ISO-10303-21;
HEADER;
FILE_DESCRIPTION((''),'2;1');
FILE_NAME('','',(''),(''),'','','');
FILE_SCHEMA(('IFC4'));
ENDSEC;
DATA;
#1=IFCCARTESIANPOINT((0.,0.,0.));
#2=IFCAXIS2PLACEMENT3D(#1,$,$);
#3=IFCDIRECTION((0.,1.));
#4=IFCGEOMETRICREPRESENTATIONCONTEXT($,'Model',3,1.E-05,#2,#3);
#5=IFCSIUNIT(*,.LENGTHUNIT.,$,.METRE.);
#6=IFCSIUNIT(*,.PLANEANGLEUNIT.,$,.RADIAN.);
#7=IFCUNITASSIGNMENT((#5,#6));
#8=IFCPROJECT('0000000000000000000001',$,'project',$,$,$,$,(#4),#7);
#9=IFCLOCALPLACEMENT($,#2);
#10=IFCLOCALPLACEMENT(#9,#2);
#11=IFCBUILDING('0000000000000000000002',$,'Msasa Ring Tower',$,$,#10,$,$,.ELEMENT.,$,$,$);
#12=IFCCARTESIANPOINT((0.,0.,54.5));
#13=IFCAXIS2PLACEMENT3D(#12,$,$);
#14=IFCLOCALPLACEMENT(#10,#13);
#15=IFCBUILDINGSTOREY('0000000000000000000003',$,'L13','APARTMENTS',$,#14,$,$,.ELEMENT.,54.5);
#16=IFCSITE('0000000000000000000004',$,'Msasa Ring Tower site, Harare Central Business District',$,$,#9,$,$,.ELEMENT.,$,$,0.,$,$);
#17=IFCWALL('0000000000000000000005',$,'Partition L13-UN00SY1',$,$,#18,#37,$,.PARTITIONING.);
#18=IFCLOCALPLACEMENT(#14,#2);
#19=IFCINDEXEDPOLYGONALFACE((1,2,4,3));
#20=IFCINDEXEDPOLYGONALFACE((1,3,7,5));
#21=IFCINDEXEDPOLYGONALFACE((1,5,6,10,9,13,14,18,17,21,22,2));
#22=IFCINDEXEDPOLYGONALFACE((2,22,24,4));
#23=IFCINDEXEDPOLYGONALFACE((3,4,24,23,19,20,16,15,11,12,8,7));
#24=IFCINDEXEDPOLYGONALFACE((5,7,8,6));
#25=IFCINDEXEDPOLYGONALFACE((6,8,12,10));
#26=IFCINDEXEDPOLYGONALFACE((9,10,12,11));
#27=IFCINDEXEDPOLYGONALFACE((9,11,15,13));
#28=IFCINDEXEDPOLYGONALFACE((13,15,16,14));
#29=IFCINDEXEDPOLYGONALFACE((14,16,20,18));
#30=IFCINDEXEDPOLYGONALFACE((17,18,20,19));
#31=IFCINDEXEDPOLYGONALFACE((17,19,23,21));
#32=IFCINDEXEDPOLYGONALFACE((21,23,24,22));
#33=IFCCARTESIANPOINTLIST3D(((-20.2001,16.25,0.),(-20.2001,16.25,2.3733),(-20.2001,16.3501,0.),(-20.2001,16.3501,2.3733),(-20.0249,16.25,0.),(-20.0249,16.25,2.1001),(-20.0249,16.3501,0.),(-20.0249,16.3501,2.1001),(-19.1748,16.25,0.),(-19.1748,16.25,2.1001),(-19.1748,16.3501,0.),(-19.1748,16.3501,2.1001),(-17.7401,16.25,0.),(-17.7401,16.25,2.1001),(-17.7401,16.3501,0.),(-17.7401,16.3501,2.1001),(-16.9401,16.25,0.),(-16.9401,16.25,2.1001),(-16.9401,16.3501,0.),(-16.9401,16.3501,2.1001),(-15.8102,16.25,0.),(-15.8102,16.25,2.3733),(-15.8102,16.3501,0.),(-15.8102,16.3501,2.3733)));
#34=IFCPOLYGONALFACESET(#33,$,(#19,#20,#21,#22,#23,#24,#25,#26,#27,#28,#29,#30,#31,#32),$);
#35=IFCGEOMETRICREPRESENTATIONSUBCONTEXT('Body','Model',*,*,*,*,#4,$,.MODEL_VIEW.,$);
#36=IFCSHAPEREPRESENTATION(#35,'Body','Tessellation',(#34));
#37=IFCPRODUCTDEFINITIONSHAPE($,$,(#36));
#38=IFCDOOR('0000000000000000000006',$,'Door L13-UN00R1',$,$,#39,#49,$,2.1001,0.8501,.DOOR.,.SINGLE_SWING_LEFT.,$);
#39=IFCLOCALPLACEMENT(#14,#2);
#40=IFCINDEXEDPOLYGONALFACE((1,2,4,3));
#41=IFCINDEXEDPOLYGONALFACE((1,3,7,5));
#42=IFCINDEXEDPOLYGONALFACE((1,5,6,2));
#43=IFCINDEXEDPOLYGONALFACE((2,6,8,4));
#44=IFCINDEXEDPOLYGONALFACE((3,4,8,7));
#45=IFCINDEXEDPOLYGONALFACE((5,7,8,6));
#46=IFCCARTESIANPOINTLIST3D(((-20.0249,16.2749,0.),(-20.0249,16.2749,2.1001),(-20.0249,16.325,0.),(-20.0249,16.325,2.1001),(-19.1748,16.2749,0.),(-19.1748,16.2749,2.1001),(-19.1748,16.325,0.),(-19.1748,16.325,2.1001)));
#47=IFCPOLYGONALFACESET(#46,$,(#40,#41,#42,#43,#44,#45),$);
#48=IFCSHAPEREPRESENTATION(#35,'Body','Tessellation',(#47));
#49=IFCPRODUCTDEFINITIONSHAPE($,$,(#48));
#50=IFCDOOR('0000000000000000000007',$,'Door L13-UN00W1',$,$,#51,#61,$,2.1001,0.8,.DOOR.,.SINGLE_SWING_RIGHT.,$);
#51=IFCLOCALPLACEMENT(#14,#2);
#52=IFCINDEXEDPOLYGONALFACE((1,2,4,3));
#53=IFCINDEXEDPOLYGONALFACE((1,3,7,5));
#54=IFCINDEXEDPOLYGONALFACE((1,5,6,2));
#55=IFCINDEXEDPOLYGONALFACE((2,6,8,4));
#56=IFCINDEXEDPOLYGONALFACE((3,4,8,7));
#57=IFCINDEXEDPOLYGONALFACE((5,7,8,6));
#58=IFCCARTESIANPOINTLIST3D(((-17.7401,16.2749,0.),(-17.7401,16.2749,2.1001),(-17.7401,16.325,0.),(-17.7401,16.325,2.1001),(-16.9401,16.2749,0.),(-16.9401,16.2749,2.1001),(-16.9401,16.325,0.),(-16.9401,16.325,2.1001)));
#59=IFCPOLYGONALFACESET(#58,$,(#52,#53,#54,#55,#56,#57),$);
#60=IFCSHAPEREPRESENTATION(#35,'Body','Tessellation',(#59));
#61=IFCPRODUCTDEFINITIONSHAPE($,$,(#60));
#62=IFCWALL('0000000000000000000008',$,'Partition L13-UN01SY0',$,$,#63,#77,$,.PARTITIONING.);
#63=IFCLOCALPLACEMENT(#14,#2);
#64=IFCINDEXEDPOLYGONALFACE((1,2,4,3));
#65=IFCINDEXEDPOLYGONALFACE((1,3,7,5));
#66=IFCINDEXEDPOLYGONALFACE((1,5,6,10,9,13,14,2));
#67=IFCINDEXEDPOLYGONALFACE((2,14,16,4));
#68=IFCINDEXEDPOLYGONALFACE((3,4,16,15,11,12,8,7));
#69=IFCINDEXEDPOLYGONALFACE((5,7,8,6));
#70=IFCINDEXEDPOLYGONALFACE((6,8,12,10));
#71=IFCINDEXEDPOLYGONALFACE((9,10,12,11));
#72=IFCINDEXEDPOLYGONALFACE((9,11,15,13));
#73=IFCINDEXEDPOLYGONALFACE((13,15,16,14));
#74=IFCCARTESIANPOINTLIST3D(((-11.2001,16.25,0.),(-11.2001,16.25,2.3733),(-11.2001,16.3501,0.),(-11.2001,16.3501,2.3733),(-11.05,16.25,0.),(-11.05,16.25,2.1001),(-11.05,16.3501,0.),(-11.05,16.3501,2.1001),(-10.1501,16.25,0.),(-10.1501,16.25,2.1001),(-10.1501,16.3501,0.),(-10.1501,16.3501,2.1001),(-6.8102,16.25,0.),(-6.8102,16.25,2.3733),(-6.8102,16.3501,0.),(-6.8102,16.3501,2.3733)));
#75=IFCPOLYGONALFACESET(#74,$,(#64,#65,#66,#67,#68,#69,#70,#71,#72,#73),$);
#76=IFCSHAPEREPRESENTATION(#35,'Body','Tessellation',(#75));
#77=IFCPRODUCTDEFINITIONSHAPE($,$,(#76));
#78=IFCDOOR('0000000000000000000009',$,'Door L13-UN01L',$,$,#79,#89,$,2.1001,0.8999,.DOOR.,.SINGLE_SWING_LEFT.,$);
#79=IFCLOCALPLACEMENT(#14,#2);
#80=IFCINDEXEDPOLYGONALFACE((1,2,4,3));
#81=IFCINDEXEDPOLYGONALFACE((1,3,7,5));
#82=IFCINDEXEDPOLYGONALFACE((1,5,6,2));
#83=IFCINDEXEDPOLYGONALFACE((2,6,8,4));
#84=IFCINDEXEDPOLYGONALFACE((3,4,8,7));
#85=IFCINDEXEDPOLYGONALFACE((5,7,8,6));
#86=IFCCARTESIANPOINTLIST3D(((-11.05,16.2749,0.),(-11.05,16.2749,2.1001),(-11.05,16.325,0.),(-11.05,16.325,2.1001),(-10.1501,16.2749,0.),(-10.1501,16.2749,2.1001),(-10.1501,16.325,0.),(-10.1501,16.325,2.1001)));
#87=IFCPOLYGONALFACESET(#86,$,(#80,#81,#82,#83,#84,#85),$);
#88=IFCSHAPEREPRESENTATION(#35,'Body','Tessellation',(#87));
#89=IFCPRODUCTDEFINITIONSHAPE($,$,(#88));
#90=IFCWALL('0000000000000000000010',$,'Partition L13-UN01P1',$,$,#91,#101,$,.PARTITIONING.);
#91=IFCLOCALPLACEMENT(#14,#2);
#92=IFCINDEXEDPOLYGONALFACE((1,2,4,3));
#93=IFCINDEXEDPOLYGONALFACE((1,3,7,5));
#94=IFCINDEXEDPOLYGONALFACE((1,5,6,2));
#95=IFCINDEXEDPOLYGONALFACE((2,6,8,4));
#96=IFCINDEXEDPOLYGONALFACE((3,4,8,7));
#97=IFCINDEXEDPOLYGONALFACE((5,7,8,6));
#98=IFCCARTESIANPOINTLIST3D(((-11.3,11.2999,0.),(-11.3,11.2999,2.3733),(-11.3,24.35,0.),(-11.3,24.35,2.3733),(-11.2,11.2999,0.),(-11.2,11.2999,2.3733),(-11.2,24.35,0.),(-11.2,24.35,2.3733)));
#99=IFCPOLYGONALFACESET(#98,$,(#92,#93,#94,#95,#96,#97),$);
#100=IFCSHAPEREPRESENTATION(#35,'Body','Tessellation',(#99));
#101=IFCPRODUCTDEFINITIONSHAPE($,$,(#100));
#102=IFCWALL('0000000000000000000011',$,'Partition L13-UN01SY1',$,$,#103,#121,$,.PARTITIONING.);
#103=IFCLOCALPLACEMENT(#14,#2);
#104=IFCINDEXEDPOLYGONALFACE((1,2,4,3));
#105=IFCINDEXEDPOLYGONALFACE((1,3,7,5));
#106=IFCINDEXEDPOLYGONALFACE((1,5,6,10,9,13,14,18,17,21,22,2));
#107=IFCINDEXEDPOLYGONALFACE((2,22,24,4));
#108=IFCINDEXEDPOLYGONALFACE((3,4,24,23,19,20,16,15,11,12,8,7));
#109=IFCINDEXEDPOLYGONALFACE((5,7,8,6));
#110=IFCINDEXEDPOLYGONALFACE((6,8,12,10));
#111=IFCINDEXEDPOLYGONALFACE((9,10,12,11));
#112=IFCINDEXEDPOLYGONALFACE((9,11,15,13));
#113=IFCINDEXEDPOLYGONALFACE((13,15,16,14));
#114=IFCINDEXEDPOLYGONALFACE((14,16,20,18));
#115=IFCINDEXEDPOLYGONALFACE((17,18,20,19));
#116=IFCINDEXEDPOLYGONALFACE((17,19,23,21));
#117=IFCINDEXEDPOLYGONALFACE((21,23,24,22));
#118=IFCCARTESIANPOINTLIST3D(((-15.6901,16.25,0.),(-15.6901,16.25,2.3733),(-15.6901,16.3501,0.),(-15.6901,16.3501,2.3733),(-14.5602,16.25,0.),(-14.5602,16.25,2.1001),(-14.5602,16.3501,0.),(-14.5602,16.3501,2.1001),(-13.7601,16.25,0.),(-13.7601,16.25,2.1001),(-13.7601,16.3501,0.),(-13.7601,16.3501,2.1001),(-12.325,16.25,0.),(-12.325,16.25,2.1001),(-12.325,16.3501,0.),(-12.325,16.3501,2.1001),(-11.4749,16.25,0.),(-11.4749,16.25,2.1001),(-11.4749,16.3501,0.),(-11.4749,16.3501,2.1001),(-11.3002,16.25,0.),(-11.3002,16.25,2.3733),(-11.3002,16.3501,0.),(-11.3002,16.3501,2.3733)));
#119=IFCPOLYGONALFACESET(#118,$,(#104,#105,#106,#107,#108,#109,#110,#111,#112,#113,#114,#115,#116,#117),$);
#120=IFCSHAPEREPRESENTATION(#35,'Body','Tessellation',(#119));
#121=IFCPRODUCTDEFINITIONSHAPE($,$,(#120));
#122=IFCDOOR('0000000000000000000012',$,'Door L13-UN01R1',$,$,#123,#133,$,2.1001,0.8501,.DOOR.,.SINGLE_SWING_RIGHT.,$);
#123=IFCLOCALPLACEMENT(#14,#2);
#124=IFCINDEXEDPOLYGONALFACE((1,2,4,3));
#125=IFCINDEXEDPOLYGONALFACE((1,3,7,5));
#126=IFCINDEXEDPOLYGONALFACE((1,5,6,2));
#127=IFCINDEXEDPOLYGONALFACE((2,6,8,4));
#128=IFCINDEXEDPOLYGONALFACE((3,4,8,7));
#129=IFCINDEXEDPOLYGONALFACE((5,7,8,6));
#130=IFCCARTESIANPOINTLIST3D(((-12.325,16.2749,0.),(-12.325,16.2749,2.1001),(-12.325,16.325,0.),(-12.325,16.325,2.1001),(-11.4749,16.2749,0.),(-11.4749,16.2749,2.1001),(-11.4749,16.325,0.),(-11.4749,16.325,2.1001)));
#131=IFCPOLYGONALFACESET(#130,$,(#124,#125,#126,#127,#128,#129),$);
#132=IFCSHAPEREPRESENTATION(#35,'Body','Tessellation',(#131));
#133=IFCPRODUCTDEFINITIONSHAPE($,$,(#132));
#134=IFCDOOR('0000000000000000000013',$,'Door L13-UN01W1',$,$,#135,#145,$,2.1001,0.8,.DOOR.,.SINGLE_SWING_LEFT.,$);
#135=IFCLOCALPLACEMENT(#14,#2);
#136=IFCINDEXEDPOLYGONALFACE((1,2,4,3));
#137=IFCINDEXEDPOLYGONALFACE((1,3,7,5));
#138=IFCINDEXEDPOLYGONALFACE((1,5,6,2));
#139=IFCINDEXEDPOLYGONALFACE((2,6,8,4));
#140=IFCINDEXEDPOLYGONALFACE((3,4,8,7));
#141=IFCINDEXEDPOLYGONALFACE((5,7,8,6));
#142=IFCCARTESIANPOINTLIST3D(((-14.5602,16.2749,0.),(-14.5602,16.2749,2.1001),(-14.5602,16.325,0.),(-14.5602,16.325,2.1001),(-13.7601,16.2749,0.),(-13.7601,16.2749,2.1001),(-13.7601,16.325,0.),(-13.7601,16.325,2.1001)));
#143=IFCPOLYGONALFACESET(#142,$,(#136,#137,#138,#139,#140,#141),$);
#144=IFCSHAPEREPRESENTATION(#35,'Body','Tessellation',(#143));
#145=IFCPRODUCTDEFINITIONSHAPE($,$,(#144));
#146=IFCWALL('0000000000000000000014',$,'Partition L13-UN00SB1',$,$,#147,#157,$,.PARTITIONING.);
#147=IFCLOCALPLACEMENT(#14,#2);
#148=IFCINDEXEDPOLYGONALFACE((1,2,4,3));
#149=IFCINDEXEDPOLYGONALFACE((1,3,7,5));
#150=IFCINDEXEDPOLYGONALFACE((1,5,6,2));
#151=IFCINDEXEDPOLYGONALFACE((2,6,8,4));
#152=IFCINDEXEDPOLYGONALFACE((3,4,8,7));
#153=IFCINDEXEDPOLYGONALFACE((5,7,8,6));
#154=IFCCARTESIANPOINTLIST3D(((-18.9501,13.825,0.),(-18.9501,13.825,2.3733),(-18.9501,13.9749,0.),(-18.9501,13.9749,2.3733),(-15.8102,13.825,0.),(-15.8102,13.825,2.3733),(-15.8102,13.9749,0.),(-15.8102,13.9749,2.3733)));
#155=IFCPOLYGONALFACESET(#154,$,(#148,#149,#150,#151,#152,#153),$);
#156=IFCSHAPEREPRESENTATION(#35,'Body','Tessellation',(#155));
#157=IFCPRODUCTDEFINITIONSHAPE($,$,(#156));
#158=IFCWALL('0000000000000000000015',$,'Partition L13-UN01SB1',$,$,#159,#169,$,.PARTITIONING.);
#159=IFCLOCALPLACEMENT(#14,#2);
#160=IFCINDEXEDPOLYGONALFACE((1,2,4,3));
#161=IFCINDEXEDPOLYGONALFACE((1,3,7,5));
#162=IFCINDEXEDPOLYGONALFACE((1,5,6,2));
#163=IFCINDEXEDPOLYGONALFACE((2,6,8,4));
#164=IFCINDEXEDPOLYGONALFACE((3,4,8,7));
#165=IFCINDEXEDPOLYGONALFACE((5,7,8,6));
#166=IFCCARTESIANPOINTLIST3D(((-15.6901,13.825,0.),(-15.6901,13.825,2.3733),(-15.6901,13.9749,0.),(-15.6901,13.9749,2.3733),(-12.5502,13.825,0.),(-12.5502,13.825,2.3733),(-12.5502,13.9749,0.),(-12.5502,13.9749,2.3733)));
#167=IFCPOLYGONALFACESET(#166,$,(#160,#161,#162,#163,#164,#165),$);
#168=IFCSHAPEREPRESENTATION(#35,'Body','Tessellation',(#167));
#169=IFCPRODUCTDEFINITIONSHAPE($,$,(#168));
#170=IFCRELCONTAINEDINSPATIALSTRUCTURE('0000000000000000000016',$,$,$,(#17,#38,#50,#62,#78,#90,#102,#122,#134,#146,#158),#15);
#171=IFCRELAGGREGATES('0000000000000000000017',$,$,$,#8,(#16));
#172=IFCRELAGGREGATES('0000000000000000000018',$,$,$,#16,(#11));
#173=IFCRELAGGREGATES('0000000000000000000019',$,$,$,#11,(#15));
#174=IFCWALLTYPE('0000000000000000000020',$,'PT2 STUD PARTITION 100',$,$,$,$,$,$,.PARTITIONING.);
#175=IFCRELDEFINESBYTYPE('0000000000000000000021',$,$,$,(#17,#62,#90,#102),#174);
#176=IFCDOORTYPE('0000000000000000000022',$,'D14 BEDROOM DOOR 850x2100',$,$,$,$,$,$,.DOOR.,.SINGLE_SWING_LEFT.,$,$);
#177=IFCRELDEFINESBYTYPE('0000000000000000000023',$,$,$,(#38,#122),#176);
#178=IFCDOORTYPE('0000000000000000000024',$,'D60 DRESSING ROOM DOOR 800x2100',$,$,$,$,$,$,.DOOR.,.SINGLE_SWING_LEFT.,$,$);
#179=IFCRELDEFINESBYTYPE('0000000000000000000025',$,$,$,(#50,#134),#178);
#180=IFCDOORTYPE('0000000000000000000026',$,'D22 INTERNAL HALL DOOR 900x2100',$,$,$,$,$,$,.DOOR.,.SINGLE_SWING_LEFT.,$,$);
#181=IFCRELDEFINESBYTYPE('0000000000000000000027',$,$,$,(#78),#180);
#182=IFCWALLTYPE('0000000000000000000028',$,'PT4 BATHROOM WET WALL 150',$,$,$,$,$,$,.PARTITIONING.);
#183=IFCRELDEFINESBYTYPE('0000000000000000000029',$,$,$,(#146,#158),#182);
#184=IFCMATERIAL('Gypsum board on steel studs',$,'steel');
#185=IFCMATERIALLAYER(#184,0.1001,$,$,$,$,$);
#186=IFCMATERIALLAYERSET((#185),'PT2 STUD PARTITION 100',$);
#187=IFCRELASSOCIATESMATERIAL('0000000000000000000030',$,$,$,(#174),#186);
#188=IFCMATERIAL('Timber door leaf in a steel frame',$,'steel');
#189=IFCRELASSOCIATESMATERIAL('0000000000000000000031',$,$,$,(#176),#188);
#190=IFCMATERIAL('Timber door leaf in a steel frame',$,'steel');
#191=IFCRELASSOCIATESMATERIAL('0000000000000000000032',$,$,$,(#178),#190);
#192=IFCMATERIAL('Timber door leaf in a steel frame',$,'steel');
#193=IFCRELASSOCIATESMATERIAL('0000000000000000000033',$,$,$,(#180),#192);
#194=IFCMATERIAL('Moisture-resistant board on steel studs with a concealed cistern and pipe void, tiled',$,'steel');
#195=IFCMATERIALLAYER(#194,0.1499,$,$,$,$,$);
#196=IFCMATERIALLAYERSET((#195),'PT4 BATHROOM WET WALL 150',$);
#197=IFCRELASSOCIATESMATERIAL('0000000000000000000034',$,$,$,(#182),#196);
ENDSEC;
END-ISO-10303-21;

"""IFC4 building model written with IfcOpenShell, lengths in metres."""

from ifc_helpers import new_model, si_unit, direction, frame, frame_2d, origin, place, context, subcontext, project, spatial, rectangle, extrude, material, layer, layer_set, type_object, element, fill, save


model = new_model("IFC4")

# Units and contexts
model_context = context("Model", 3, precision=1e-05, world=origin(), true_north=direction((0.0, 1.0)))
body_context = subcontext(model_context, "Body", "Model", "MODEL_VIEW")
ifc_project = project(units=[si_unit("LENGTHUNIT", "METRE"), si_unit("PLANEANGLEUNIT", "RADIAN")], contexts=[model_context])

# Site, building, storey
site_placement = place(None, origin())
site = spatial("IfcSite", under=ifc_project, at=site_placement, Name="Msasa Ring Tower site, Harare Central Business District", CompositionType="ELEMENT", RefElevation=0.0)
building_placement = place(site_placement, origin())
building = spatial("IfcBuilding", under=site, at=building_placement, Name="Msasa Ring Tower", CompositionType="ELEMENT")
storey_placement = place(building_placement, frame((0.0, 0.0, 54.5)))
storey = spatial("IfcBuildingStorey", under=building, at=storey_placement, Name="L13", Description="APARTMENTS", CompositionType="ELEMENT", Elevation=54.5)

# Wall, openings, doors
ifc_material_1 = material(Name="Gypsum board on steel studs", Category="steel")
ifc_layer_1 = layer(ifc_material_1, 0.1001)
ifc_layer_set_1 = layer_set([ifc_layer_1], Name="PT2 STUD PARTITION 100")
wall_type_1 = type_object("IfcWallType", Name="PT2 STUD PARTITION 100", PredefinedType="PARTITIONING", material=ifc_layer_set_1)
wall_1_placement = place(storey_placement, frame((-20.2, 16.3, 0.0), z_axis=(0.0, 0.0, 1.0), x_axis=(1.0, 0.0, 0.0)))
wall_1 = element("IfcWall", 1, at=wall_1_placement, inside=storey, type_object=wall_type_1, Name="Partition L13-UN00SY1", PredefinedType="PARTITIONING", context=body_context, shape_type="SweptSolid", body=[
    extrude(rectangle(XDim=4.3899, YDim=0.1001, at=frame_2d((2.1948, 0.0))), origin(), (0.0, 0.0, 1.0), 2.3733),
])
opening_1_placement = place(wall_1_placement, frame((0.175, 0.0, 0.0)))
opening_1 = element("IfcOpeningElement", 2, at=opening_1_placement, cuts=wall_1, PredefinedType="OPENING", context=body_context, shape_type="SweptSolid", body=[
    extrude(rectangle(XDim=0.8501, YDim=2.1001, at=frame_2d((0.425, 1.05))), frame((0.0, 0.0601, 0.0), z_axis=(0.0, -1.0, 0.0), x_axis=(1.0, 0.0, 0.0)), (0.0, 0.0, 1.0), 0.1201),
])
opening_2_placement = place(wall_1_placement, frame((2.46, 0.0, 0.0)))
opening_2 = element("IfcOpeningElement", 3, at=opening_2_placement, cuts=wall_1, PredefinedType="OPENING", context=body_context, shape_type="SweptSolid", body=[
    extrude(rectangle(XDim=0.8, YDim=2.1001, at=frame_2d((0.3999, 1.05))), frame((0.0, 0.0601, 0.0), z_axis=(0.0, -1.0, 0.0), x_axis=(1.0, 0.0, 0.0)), (0.0, 0.0, 1.0), 0.1201),
])
ifc_material_2 = material(Name="Timber door leaf in a steel frame", Category="steel")
door_type_1 = type_object("IfcDoorType", Name="D14 BEDROOM DOOR 850x2100", OperationType="SINGLE_SWING_LEFT", PredefinedType="DOOR", material=ifc_material_2)
door_1_placement = place(opening_1_placement, origin())
door_1 = element("IfcDoor", 4, at=door_1_placement, inside=storey, type_object=door_type_1, Name="Door L13-UN00R1", OperationType="SINGLE_SWING_LEFT", OverallHeight=2.1001, OverallWidth=0.8501, PredefinedType="DOOR", context=body_context, shape_type="SweptSolid", body=[
    extrude(rectangle(XDim=0.8501, YDim=2.1001, at=frame_2d((0.425, 1.05))), frame((0.0, 0.0249, 0.0), z_axis=(0.0, -1.0, 0.0), x_axis=(1.0, 0.0, 0.0)), (0.0, 0.0, 1.0), 0.05),
])
fill(opening_1, door_1)
ifc_material_3 = material(Name="Timber door leaf in a steel frame", Category="steel")
door_type_2 = type_object("IfcDoorType", Name="D60 DRESSING ROOM DOOR 800x2100", OperationType="SINGLE_SWING_LEFT", PredefinedType="DOOR", material=ifc_material_3)
door_2_placement = place(opening_2_placement, origin())
door_2 = element("IfcDoor", 5, at=door_2_placement, inside=storey, type_object=door_type_2, Name="Door L13-UN00W1", OperationType="SINGLE_SWING_RIGHT", OverallHeight=2.1001, OverallWidth=0.8, PredefinedType="DOOR", context=body_context, shape_type="SweptSolid", body=[
    extrude(rectangle(XDim=0.8, YDim=2.1001, at=frame_2d((0.3999, 1.05))), frame((0.0, 0.0249, 0.0), z_axis=(0.0, -1.0, 0.0), x_axis=(1.0, 0.0, 0.0)), (0.0, 0.0, 1.0), 0.05),
])
fill(opening_2, door_2)

# Wall, opening, door
wall_2_placement = place(storey_placement, frame((-11.2, 16.3, 0.0), z_axis=(0.0, 0.0, 1.0), x_axis=(1.0, 0.0, 0.0)))
wall_2 = element("IfcWall", 6, at=wall_2_placement, inside=storey, type_object=wall_type_1, Name="Partition L13-UN01SY0", PredefinedType="PARTITIONING", context=body_context, shape_type="SweptSolid", body=[
    extrude(rectangle(XDim=4.3899, YDim=0.1001, at=frame_2d((2.1948, 0.0))), origin(), (0.0, 0.0, 1.0), 2.3733),
])
opening_3_placement = place(wall_2_placement, frame((0.1499, 0.0, 0.0)))
opening_3 = element("IfcOpeningElement", 7, at=opening_3_placement, cuts=wall_2, PredefinedType="OPENING", context=body_context, shape_type="SweptSolid", body=[
    extrude(rectangle(XDim=0.8999, YDim=2.1001, at=frame_2d((0.45, 1.05))), frame((0.0, 0.0601, 0.0), z_axis=(0.0, -1.0, 0.0), x_axis=(1.0, 0.0, 0.0)), (0.0, 0.0, 1.0), 0.1201),
])
ifc_material_4 = material(Name="Timber door leaf in a steel frame", Category="steel")
door_type_3 = type_object("IfcDoorType", Name="D22 INTERNAL HALL DOOR 900x2100", OperationType="SINGLE_SWING_LEFT", PredefinedType="DOOR", material=ifc_material_4)
door_3_placement = place(opening_3_placement, origin())
door_3 = element("IfcDoor", 8, at=door_3_placement, inside=storey, type_object=door_type_3, Name="Door L13-UN01L", OperationType="SINGLE_SWING_LEFT", OverallHeight=2.1001, OverallWidth=0.8999, PredefinedType="DOOR", context=body_context, shape_type="SweptSolid", body=[
    extrude(rectangle(XDim=0.8999, YDim=2.1001, at=frame_2d((0.45, 1.05))), frame((0.0, 0.0249, 0.0), z_axis=(0.0, -1.0, 0.0), x_axis=(1.0, 0.0, 0.0)), (0.0, 0.0, 1.0), 0.05),
])
fill(opening_3, door_3)

# Wall
wall_3_placement = place(storey_placement, frame((-11.25, 11.3, 0.0), z_axis=(0.0, 0.0, 1.0), x_axis=(0.0, 1.0, 0.0)))
element("IfcWall", 9, at=wall_3_placement, inside=storey, type_object=wall_type_1, Name="Partition L13-UN01P1", PredefinedType="PARTITIONING", context=body_context, shape_type="SweptSolid", body=[
    extrude(rectangle(XDim=13.05, YDim=0.1001, at=frame_2d((6.5249, 0.0))), origin(), (0.0, 0.0, 1.0), 2.3733),
])

# Wall, openings, doors
wall_4_placement = place(storey_placement, frame((-15.6899, 16.3, 0.0), z_axis=(0.0, 0.0, 1.0), x_axis=(1.0, 0.0, 0.0)))
wall_4 = element("IfcWall", 10, at=wall_4_placement, inside=storey, type_object=wall_type_1, Name="Partition L13-UN01SY1", PredefinedType="PARTITIONING", context=body_context, shape_type="SweptSolid", body=[
    extrude(rectangle(XDim=4.3899, YDim=0.1001, at=frame_2d((2.1948, 0.0))), origin(), (0.0, 0.0, 1.0), 2.3733),
])
opening_4_placement = place(wall_4_placement, frame((3.365, 0.0, 0.0)))
opening_4 = element("IfcOpeningElement", 11, at=opening_4_placement, cuts=wall_4, PredefinedType="OPENING", context=body_context, shape_type="SweptSolid", body=[
    extrude(rectangle(XDim=0.8501, YDim=2.1001, at=frame_2d((0.425, 1.05))), frame((0.0, 0.0601, 0.0), z_axis=(0.0, -1.0, 0.0), x_axis=(1.0, 0.0, 0.0)), (0.0, 0.0, 1.0), 0.1201),
])
opening_5_placement = place(wall_4_placement, frame((1.1299, 0.0, 0.0)))
opening_5 = element("IfcOpeningElement", 12, at=opening_5_placement, cuts=wall_4, PredefinedType="OPENING", context=body_context, shape_type="SweptSolid", body=[
    extrude(rectangle(XDim=0.8, YDim=2.1001, at=frame_2d((0.3999, 1.05))), frame((0.0, 0.0601, 0.0), z_axis=(0.0, -1.0, 0.0), x_axis=(1.0, 0.0, 0.0)), (0.0, 0.0, 1.0), 0.1201),
])
door_4_placement = place(opening_4_placement, origin())
door_4 = element("IfcDoor", 13, at=door_4_placement, inside=storey, type_object=door_type_1, Name="Door L13-UN01R1", OperationType="SINGLE_SWING_RIGHT", OverallHeight=2.1001, OverallWidth=0.8501, PredefinedType="DOOR", context=body_context, shape_type="SweptSolid", body=[
    extrude(rectangle(XDim=0.8501, YDim=2.1001, at=frame_2d((0.425, 1.05))), frame((0.0, 0.0249, 0.0), z_axis=(0.0, -1.0, 0.0), x_axis=(1.0, 0.0, 0.0)), (0.0, 0.0, 1.0), 0.05),
])
fill(opening_4, door_4)
door_5_placement = place(opening_5_placement, origin())
door_5 = element("IfcDoor", 14, at=door_5_placement, inside=storey, type_object=door_type_2, Name="Door L13-UN01W1", OperationType="SINGLE_SWING_LEFT", OverallHeight=2.1001, OverallWidth=0.8, PredefinedType="DOOR", context=body_context, shape_type="SweptSolid", body=[
    extrude(rectangle(XDim=0.8, YDim=2.1001, at=frame_2d((0.3999, 1.05))), frame((0.0, 0.0249, 0.0), z_axis=(0.0, -1.0, 0.0), x_axis=(1.0, 0.0, 0.0)), (0.0, 0.0, 1.0), 0.05),
])
fill(opening_5, door_5)

# Walls
ifc_material_5 = material(Name="Moisture-resistant board on steel studs with a concealed cistern and pipe void, tiled", Category="steel")
ifc_layer_2 = layer(ifc_material_5, 0.1499)
ifc_layer_set_2 = layer_set([ifc_layer_2], Name="PT4 BATHROOM WET WALL 150")
wall_type_2 = type_object("IfcWallType", Name="PT4 BATHROOM WET WALL 150", PredefinedType="PARTITIONING", material=ifc_layer_set_2)
for number, where, z_axis, x_axis, name in (
    (15, (-18.95, 13.8999, 0.0), (0.0, 0.0, 1.0), (1.0, 0.0, 0.0), "Partition L13-UN00SB1"),
    (16, (-15.6899, 13.8999, 0.0), (0.0, 0.0, 1.0), (1.0, 0.0, 0.0), "Partition L13-UN01SB1"),
):
    element("IfcWall", number, at=place(storey_placement, frame(where, z_axis=z_axis, x_axis=x_axis)), inside=storey, type_object=wall_type_2, Name=name, PredefinedType="PARTITIONING", context=body_context, shape_type="SweptSolid", body=[
        extrude(rectangle(XDim=3.1399, YDim=0.1499, at=frame_2d((1.5698, 0.0))), origin(), (0.0, 0.0, 1.0), 2.3733),
    ])

save(model, "model.ifc")
